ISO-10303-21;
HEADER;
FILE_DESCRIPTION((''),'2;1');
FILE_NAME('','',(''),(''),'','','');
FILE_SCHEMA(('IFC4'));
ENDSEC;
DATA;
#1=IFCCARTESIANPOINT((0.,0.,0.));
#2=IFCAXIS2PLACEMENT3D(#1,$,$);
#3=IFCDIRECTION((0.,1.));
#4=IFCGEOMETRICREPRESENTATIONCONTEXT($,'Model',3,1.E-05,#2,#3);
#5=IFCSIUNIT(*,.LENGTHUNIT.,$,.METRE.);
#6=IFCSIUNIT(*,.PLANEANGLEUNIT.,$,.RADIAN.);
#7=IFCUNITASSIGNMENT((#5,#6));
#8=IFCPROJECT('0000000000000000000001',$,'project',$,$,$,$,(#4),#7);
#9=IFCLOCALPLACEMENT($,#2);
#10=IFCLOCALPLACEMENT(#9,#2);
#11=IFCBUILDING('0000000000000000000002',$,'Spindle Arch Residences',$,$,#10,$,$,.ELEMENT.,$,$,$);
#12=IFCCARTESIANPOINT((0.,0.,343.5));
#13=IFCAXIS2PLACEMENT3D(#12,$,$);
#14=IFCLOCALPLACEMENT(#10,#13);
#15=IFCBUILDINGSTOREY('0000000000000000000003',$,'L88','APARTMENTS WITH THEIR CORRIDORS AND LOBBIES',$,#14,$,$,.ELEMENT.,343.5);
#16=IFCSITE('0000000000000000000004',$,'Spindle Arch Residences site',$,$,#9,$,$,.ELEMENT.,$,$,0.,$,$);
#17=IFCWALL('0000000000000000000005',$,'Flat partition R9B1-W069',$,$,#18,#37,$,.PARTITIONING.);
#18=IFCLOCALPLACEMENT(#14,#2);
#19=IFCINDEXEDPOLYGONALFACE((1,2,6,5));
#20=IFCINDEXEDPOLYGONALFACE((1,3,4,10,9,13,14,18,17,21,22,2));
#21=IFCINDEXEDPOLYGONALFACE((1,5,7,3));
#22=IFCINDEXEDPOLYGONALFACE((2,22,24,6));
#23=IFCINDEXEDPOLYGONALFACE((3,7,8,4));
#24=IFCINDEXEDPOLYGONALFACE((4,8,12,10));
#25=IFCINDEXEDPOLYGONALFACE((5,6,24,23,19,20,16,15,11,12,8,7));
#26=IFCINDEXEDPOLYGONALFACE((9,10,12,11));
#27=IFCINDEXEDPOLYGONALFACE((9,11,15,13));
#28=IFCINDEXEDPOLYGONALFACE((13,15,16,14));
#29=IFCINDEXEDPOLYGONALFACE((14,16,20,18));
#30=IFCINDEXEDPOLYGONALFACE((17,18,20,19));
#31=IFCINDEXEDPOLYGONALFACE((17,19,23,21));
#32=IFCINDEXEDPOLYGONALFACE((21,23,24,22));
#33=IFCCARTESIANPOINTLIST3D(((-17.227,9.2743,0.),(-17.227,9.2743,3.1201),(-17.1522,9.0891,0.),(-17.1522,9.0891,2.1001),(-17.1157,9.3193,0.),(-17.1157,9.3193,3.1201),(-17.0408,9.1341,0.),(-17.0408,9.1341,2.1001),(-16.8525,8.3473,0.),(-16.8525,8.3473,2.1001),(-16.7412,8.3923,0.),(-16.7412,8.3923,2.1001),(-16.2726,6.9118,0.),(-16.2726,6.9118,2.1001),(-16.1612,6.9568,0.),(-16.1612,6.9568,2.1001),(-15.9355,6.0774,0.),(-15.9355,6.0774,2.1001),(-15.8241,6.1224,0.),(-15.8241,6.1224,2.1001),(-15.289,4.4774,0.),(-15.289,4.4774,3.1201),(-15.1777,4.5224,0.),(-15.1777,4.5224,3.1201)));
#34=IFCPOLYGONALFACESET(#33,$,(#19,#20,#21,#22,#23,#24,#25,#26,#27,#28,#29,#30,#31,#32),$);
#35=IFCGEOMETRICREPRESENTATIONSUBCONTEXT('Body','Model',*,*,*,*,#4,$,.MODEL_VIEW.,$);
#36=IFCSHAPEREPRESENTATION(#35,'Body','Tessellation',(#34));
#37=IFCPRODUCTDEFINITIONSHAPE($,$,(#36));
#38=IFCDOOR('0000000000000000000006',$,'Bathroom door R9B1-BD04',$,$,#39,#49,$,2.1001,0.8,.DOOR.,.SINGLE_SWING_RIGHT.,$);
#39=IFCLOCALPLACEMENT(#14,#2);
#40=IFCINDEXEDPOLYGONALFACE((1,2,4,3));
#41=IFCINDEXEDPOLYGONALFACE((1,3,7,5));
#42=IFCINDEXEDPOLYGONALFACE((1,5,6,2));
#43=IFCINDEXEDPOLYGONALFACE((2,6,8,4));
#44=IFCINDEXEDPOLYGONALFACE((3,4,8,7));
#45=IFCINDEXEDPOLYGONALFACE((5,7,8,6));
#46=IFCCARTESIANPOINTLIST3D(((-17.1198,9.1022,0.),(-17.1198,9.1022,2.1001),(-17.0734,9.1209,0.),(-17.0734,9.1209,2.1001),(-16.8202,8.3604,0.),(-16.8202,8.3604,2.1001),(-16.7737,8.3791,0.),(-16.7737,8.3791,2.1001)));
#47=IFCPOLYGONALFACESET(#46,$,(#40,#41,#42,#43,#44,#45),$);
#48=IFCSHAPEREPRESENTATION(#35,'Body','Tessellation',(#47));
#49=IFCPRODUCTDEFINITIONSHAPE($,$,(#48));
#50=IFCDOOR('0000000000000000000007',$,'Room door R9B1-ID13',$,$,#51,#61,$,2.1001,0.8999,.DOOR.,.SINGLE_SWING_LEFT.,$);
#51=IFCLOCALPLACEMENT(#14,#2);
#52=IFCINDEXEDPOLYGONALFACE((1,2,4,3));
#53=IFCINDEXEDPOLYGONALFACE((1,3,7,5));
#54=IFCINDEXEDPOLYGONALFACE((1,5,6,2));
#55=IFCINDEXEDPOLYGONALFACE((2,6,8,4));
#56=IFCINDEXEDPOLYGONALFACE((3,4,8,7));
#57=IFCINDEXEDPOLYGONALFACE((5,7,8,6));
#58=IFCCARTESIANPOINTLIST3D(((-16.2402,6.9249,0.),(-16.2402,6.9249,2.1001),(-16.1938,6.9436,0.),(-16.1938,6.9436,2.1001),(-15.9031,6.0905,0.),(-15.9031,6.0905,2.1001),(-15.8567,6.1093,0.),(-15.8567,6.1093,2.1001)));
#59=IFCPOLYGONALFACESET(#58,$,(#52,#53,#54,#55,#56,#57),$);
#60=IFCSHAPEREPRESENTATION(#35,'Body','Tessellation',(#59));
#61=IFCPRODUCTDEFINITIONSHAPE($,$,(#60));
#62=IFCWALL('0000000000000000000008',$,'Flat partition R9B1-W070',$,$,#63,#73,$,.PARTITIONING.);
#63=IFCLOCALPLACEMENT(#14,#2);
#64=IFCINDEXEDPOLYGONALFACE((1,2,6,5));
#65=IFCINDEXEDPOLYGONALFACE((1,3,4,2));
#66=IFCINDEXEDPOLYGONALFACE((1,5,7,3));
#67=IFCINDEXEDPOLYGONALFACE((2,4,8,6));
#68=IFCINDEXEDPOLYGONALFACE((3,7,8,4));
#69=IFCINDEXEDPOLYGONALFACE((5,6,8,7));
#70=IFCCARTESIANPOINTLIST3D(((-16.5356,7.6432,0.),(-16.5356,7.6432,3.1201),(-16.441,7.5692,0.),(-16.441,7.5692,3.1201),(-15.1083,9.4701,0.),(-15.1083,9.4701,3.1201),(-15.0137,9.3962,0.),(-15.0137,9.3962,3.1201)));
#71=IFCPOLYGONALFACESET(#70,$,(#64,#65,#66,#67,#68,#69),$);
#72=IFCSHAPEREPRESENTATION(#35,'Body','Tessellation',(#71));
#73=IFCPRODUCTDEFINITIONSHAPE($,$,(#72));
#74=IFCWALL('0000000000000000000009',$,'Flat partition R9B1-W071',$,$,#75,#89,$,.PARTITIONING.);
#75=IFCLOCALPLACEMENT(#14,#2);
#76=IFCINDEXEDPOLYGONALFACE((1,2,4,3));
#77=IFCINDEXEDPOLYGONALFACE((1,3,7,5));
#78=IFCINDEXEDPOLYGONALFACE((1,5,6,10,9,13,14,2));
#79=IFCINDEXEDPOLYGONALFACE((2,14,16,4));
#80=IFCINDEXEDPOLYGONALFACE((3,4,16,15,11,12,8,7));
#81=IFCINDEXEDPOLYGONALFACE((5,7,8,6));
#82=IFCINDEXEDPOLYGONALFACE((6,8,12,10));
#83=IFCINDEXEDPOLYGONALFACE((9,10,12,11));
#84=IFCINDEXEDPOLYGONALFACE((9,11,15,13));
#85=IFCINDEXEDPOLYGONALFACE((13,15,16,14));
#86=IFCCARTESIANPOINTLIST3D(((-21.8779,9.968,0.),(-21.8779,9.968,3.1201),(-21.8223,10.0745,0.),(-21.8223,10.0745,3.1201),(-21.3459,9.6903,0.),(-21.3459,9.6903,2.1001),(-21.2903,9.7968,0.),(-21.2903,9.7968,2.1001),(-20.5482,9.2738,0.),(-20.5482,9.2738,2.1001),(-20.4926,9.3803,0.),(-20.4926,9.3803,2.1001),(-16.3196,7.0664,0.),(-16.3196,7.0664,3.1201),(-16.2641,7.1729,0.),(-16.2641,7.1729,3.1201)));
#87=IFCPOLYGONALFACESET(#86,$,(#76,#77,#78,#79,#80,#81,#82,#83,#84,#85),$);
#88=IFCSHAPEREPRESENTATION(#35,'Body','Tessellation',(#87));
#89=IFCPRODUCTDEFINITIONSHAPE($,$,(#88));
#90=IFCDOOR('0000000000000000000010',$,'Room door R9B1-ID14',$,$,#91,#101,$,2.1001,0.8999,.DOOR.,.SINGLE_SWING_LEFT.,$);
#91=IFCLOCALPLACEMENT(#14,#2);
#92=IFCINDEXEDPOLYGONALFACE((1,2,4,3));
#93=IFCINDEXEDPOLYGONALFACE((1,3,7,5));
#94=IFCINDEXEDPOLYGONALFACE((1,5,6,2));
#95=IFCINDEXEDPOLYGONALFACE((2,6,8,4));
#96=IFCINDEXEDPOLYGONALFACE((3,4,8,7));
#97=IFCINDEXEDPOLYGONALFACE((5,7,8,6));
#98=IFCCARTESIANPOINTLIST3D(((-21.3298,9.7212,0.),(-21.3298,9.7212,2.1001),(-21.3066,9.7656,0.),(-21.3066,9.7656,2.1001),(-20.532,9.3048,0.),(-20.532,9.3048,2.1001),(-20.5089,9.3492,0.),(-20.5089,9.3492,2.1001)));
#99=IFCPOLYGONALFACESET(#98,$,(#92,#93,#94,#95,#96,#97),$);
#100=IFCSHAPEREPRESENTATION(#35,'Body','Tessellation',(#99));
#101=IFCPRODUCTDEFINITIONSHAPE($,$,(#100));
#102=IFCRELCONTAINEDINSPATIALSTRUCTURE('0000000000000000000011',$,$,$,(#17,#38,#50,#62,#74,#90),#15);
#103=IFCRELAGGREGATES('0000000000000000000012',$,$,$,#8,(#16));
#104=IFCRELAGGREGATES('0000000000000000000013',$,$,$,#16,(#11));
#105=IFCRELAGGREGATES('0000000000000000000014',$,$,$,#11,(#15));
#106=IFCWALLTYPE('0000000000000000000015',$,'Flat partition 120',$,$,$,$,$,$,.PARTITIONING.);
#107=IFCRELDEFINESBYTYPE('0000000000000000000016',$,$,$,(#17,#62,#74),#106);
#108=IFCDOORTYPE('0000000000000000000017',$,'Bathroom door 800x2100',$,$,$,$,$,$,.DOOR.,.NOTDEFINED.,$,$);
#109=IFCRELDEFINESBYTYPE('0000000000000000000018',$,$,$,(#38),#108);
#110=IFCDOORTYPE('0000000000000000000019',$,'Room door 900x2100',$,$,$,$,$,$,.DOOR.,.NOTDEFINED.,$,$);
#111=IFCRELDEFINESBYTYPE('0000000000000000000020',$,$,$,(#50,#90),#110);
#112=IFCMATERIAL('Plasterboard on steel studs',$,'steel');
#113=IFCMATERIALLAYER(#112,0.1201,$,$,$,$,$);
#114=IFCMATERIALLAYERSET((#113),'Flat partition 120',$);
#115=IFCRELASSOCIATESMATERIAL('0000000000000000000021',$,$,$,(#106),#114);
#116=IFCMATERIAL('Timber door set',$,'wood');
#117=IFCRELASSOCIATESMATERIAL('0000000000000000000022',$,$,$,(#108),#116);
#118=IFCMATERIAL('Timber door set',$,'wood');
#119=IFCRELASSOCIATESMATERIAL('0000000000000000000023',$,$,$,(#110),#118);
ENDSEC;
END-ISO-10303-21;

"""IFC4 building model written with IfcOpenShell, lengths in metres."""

from ifc_helpers import new_model, si_unit, direction, frame, frame_2d, origin, place, context, subcontext, project, spatial, rectangle, extrude, material, layer, layer_set, type_object, element, fill, save


model = new_model("IFC4")

# Units and contexts
model_context = context("Model", 3, precision=1e-05, world=origin(), true_north=direction((0.0, 1.0)))
body_context = subcontext(model_context, "Body", "Model", "MODEL_VIEW")
ifc_project = project(units=[si_unit("LENGTHUNIT", "METRE"), si_unit("PLANEANGLEUNIT", "RADIAN")], contexts=[model_context])

# Site, building, storey
site_placement = place(None, origin())
site = spatial("IfcSite", under=ifc_project, at=site_placement, Name="Spindle Arch Residences site", CompositionType="ELEMENT", RefElevation=0.0)
building_placement = place(site_placement, origin())
building = spatial("IfcBuilding", under=site, at=building_placement, Name="Spindle Arch Residences", CompositionType="ELEMENT")
storey_placement = place(building_placement, frame((0.0, 0.0, 343.5)))
storey = spatial("IfcBuildingStorey", under=building, at=storey_placement, Name="L88", Description="APARTMENTS WITH THEIR CORRIDORS AND LOBBIES", CompositionType="ELEMENT", Elevation=343.5)

# Shared definitions
ifc_material_1 = material(Name="Plasterboard on steel studs", Category="steel")
ifc_layer_1 = layer(ifc_material_1, 0.1201)
ifc_layer_set_1 = layer_set([ifc_layer_1], Name="Flat partition 120")
wall_type = type_object("IfcWallType", Name="Flat partition 120", PredefinedType="PARTITIONING", material=ifc_layer_set_1)

# Wall, openings, doors
wall_1_placement = place(storey_placement, frame((-17.1714, 9.2969, 0.0), z_axis=(0.0, 0.0, 1.0), x_axis=(0.374594, -0.927189, 0.0)))
wall_1 = element("IfcWall", 1, at=wall_1_placement, inside=storey, type_object=wall_type, Name="Flat partition R9B1-W069", PredefinedType="PARTITIONING", context=body_context, shape_type="SweptSolid", body=[
    extrude(rectangle(XDim=5.1736, YDim=0.1201, at=frame_2d((2.5869, 0.0))), origin(), (0.0, 0.0, 1.0), 3.1201),
])
opening_1_placement = place(wall_1_placement, frame((2.5481, 0.0, 0.0)))
opening_1 = element("IfcOpeningElement", 2, at=opening_1_placement, cuts=wall_1, PredefinedType="OPENING", context=body_context, shape_type="SweptSolid", body=[
    extrude(rectangle(XDim=0.8999, YDim=2.1001, at=frame_2d((0.45, 1.05))), frame((0.0, 0.0701, 0.0), z_axis=(0.0, -1.0, 0.0), x_axis=(1.0, 0.0, 0.0)), (0.0, 0.0, 1.0), 0.1401),
])
opening_2_placement = place(wall_1_placement, frame((0.2, 0.0, 0.0)))
opening_2 = element("IfcOpeningElement", 3, at=opening_2_placement, cuts=wall_1, PredefinedType="OPENING", context=body_context, shape_type="SweptSolid", body=[
    extrude(rectangle(XDim=0.8, YDim=2.1001, at=frame_2d((0.3999, 1.05))), frame((0.0, 0.0701, 0.0), z_axis=(0.0, -1.0, 0.0), x_axis=(1.0, 0.0, 0.0)), (0.0, 0.0, 1.0), 0.1401),
])
ifc_material_2 = material(Name="Timber door set", Category="wood")
door_type_1 = type_object("IfcDoorType", Name="Bathroom door 800x2100", OperationType="NOTDEFINED", PredefinedType="DOOR", material=ifc_material_2)
door_1_placement = place(opening_2_placement, origin())
door_1 = element("IfcDoor", 4, at=door_1_placement, inside=storey, type_object=door_type_1, Name="Bathroom door R9B1-BD04", OperationType="SINGLE_SWING_RIGHT", OverallHeight=2.1001, OverallWidth=0.8, PredefinedType="DOOR", context=body_context, shape_type="SweptSolid", body=[
    extrude(rectangle(XDim=0.8, YDim=2.1001, at=frame_2d((0.3999, 1.05))), frame((0.0, 0.0249, 0.0), z_axis=(0.0, -1.0, 0.0), x_axis=(1.0, 0.0, 0.0)), (0.0, 0.0, 1.0), 0.05),
])
fill(opening_2, door_1)
ifc_material_3 = material(Name="Timber door set", Category="wood")
door_type_2 = type_object("IfcDoorType", Name="Room door 900x2100", OperationType="NOTDEFINED", PredefinedType="DOOR", material=ifc_material_3)
door_2_placement = place(opening_1_placement, origin())
door_2 = element("IfcDoor", 5, at=door_2_placement, inside=storey, type_object=door_type_2, Name="Room door R9B1-ID13", OperationType="SINGLE_SWING_LEFT", OverallHeight=2.1001, OverallWidth=0.8999, PredefinedType="DOOR", context=body_context, shape_type="SweptSolid", body=[
    extrude(rectangle(XDim=0.8999, YDim=2.1001, at=frame_2d((0.45, 1.05))), frame((0.0, 0.0249, 0.0), z_axis=(0.0, -1.0, 0.0), x_axis=(1.0, 0.0, 0.0)), (0.0, 0.0, 1.0), 0.05),
])
fill(opening_1, door_2)

# Wall
wall_2_placement = place(storey_placement, frame((-16.4883, 7.6062, 0.0), z_axis=(0.0, 0.0, 1.0), x_axis=(0.615638, 0.788029, 0.0)))
element("IfcWall", 6, at=wall_2_placement, inside=storey, type_object=wall_type, Name="Flat partition R9B1-W070", PredefinedType="PARTITIONING", context=body_context, shape_type="SweptSolid", body=[
    extrude(rectangle(XDim=2.3184, YDim=0.1201, at=frame_2d((1.1592, 0.0))), origin(), (0.0, 0.0, 1.0), 3.1201),
])

# Wall, opening, door
wall_3_placement = place(storey_placement, frame((-21.8501, 10.0212, 0.0), z_axis=(0.0, 0.0, 1.0), x_axis=(0.88648, -0.462767, 0.0)))
wall_3 = element("IfcWall", 7, at=wall_3_placement, inside=storey, type_object=wall_type, Name="Flat partition R9B1-W071", PredefinedType="PARTITIONING", context=body_context, shape_type="SweptSolid", body=[
    extrude(rectangle(XDim=6.27, YDim=0.1201, at=frame_2d((3.135, 0.0))), origin(), (0.0, 0.0, 1.0), 3.1201),
])
opening_3_placement = place(wall_3_placement, frame((0.6001, 0.0, 0.0)))
opening_3 = element("IfcOpeningElement", 8, at=opening_3_placement, cuts=wall_3, PredefinedType="OPENING", context=body_context, shape_type="SweptSolid", body=[
    extrude(rectangle(XDim=0.8999, YDim=2.1001, at=frame_2d((0.45, 1.05))), frame((0.0, 0.0701, 0.0), z_axis=(0.0, -1.0, 0.0), x_axis=(1.0, 0.0, 0.0)), (0.0, 0.0, 1.0), 0.1401),
])
door_3_placement = place(opening_3_placement, origin())
door_3 = element("IfcDoor", 9, at=door_3_placement, inside=storey, type_object=door_type_2, Name="Room door R9B1-ID14", OperationType="SINGLE_SWING_LEFT", OverallHeight=2.1001, OverallWidth=0.8999, PredefinedType="DOOR", context=body_context, shape_type="SweptSolid", body=[
    extrude(rectangle(XDim=0.8999, YDim=2.1001, at=frame_2d((0.45, 1.05))), frame((0.0, 0.0249, 0.0), z_axis=(0.0, -1.0, 0.0), x_axis=(1.0, 0.0, 0.0)), (0.0, 0.0, 1.0), 0.05),
])
fill(opening_3, door_3)

save(model, "model.ifc")
